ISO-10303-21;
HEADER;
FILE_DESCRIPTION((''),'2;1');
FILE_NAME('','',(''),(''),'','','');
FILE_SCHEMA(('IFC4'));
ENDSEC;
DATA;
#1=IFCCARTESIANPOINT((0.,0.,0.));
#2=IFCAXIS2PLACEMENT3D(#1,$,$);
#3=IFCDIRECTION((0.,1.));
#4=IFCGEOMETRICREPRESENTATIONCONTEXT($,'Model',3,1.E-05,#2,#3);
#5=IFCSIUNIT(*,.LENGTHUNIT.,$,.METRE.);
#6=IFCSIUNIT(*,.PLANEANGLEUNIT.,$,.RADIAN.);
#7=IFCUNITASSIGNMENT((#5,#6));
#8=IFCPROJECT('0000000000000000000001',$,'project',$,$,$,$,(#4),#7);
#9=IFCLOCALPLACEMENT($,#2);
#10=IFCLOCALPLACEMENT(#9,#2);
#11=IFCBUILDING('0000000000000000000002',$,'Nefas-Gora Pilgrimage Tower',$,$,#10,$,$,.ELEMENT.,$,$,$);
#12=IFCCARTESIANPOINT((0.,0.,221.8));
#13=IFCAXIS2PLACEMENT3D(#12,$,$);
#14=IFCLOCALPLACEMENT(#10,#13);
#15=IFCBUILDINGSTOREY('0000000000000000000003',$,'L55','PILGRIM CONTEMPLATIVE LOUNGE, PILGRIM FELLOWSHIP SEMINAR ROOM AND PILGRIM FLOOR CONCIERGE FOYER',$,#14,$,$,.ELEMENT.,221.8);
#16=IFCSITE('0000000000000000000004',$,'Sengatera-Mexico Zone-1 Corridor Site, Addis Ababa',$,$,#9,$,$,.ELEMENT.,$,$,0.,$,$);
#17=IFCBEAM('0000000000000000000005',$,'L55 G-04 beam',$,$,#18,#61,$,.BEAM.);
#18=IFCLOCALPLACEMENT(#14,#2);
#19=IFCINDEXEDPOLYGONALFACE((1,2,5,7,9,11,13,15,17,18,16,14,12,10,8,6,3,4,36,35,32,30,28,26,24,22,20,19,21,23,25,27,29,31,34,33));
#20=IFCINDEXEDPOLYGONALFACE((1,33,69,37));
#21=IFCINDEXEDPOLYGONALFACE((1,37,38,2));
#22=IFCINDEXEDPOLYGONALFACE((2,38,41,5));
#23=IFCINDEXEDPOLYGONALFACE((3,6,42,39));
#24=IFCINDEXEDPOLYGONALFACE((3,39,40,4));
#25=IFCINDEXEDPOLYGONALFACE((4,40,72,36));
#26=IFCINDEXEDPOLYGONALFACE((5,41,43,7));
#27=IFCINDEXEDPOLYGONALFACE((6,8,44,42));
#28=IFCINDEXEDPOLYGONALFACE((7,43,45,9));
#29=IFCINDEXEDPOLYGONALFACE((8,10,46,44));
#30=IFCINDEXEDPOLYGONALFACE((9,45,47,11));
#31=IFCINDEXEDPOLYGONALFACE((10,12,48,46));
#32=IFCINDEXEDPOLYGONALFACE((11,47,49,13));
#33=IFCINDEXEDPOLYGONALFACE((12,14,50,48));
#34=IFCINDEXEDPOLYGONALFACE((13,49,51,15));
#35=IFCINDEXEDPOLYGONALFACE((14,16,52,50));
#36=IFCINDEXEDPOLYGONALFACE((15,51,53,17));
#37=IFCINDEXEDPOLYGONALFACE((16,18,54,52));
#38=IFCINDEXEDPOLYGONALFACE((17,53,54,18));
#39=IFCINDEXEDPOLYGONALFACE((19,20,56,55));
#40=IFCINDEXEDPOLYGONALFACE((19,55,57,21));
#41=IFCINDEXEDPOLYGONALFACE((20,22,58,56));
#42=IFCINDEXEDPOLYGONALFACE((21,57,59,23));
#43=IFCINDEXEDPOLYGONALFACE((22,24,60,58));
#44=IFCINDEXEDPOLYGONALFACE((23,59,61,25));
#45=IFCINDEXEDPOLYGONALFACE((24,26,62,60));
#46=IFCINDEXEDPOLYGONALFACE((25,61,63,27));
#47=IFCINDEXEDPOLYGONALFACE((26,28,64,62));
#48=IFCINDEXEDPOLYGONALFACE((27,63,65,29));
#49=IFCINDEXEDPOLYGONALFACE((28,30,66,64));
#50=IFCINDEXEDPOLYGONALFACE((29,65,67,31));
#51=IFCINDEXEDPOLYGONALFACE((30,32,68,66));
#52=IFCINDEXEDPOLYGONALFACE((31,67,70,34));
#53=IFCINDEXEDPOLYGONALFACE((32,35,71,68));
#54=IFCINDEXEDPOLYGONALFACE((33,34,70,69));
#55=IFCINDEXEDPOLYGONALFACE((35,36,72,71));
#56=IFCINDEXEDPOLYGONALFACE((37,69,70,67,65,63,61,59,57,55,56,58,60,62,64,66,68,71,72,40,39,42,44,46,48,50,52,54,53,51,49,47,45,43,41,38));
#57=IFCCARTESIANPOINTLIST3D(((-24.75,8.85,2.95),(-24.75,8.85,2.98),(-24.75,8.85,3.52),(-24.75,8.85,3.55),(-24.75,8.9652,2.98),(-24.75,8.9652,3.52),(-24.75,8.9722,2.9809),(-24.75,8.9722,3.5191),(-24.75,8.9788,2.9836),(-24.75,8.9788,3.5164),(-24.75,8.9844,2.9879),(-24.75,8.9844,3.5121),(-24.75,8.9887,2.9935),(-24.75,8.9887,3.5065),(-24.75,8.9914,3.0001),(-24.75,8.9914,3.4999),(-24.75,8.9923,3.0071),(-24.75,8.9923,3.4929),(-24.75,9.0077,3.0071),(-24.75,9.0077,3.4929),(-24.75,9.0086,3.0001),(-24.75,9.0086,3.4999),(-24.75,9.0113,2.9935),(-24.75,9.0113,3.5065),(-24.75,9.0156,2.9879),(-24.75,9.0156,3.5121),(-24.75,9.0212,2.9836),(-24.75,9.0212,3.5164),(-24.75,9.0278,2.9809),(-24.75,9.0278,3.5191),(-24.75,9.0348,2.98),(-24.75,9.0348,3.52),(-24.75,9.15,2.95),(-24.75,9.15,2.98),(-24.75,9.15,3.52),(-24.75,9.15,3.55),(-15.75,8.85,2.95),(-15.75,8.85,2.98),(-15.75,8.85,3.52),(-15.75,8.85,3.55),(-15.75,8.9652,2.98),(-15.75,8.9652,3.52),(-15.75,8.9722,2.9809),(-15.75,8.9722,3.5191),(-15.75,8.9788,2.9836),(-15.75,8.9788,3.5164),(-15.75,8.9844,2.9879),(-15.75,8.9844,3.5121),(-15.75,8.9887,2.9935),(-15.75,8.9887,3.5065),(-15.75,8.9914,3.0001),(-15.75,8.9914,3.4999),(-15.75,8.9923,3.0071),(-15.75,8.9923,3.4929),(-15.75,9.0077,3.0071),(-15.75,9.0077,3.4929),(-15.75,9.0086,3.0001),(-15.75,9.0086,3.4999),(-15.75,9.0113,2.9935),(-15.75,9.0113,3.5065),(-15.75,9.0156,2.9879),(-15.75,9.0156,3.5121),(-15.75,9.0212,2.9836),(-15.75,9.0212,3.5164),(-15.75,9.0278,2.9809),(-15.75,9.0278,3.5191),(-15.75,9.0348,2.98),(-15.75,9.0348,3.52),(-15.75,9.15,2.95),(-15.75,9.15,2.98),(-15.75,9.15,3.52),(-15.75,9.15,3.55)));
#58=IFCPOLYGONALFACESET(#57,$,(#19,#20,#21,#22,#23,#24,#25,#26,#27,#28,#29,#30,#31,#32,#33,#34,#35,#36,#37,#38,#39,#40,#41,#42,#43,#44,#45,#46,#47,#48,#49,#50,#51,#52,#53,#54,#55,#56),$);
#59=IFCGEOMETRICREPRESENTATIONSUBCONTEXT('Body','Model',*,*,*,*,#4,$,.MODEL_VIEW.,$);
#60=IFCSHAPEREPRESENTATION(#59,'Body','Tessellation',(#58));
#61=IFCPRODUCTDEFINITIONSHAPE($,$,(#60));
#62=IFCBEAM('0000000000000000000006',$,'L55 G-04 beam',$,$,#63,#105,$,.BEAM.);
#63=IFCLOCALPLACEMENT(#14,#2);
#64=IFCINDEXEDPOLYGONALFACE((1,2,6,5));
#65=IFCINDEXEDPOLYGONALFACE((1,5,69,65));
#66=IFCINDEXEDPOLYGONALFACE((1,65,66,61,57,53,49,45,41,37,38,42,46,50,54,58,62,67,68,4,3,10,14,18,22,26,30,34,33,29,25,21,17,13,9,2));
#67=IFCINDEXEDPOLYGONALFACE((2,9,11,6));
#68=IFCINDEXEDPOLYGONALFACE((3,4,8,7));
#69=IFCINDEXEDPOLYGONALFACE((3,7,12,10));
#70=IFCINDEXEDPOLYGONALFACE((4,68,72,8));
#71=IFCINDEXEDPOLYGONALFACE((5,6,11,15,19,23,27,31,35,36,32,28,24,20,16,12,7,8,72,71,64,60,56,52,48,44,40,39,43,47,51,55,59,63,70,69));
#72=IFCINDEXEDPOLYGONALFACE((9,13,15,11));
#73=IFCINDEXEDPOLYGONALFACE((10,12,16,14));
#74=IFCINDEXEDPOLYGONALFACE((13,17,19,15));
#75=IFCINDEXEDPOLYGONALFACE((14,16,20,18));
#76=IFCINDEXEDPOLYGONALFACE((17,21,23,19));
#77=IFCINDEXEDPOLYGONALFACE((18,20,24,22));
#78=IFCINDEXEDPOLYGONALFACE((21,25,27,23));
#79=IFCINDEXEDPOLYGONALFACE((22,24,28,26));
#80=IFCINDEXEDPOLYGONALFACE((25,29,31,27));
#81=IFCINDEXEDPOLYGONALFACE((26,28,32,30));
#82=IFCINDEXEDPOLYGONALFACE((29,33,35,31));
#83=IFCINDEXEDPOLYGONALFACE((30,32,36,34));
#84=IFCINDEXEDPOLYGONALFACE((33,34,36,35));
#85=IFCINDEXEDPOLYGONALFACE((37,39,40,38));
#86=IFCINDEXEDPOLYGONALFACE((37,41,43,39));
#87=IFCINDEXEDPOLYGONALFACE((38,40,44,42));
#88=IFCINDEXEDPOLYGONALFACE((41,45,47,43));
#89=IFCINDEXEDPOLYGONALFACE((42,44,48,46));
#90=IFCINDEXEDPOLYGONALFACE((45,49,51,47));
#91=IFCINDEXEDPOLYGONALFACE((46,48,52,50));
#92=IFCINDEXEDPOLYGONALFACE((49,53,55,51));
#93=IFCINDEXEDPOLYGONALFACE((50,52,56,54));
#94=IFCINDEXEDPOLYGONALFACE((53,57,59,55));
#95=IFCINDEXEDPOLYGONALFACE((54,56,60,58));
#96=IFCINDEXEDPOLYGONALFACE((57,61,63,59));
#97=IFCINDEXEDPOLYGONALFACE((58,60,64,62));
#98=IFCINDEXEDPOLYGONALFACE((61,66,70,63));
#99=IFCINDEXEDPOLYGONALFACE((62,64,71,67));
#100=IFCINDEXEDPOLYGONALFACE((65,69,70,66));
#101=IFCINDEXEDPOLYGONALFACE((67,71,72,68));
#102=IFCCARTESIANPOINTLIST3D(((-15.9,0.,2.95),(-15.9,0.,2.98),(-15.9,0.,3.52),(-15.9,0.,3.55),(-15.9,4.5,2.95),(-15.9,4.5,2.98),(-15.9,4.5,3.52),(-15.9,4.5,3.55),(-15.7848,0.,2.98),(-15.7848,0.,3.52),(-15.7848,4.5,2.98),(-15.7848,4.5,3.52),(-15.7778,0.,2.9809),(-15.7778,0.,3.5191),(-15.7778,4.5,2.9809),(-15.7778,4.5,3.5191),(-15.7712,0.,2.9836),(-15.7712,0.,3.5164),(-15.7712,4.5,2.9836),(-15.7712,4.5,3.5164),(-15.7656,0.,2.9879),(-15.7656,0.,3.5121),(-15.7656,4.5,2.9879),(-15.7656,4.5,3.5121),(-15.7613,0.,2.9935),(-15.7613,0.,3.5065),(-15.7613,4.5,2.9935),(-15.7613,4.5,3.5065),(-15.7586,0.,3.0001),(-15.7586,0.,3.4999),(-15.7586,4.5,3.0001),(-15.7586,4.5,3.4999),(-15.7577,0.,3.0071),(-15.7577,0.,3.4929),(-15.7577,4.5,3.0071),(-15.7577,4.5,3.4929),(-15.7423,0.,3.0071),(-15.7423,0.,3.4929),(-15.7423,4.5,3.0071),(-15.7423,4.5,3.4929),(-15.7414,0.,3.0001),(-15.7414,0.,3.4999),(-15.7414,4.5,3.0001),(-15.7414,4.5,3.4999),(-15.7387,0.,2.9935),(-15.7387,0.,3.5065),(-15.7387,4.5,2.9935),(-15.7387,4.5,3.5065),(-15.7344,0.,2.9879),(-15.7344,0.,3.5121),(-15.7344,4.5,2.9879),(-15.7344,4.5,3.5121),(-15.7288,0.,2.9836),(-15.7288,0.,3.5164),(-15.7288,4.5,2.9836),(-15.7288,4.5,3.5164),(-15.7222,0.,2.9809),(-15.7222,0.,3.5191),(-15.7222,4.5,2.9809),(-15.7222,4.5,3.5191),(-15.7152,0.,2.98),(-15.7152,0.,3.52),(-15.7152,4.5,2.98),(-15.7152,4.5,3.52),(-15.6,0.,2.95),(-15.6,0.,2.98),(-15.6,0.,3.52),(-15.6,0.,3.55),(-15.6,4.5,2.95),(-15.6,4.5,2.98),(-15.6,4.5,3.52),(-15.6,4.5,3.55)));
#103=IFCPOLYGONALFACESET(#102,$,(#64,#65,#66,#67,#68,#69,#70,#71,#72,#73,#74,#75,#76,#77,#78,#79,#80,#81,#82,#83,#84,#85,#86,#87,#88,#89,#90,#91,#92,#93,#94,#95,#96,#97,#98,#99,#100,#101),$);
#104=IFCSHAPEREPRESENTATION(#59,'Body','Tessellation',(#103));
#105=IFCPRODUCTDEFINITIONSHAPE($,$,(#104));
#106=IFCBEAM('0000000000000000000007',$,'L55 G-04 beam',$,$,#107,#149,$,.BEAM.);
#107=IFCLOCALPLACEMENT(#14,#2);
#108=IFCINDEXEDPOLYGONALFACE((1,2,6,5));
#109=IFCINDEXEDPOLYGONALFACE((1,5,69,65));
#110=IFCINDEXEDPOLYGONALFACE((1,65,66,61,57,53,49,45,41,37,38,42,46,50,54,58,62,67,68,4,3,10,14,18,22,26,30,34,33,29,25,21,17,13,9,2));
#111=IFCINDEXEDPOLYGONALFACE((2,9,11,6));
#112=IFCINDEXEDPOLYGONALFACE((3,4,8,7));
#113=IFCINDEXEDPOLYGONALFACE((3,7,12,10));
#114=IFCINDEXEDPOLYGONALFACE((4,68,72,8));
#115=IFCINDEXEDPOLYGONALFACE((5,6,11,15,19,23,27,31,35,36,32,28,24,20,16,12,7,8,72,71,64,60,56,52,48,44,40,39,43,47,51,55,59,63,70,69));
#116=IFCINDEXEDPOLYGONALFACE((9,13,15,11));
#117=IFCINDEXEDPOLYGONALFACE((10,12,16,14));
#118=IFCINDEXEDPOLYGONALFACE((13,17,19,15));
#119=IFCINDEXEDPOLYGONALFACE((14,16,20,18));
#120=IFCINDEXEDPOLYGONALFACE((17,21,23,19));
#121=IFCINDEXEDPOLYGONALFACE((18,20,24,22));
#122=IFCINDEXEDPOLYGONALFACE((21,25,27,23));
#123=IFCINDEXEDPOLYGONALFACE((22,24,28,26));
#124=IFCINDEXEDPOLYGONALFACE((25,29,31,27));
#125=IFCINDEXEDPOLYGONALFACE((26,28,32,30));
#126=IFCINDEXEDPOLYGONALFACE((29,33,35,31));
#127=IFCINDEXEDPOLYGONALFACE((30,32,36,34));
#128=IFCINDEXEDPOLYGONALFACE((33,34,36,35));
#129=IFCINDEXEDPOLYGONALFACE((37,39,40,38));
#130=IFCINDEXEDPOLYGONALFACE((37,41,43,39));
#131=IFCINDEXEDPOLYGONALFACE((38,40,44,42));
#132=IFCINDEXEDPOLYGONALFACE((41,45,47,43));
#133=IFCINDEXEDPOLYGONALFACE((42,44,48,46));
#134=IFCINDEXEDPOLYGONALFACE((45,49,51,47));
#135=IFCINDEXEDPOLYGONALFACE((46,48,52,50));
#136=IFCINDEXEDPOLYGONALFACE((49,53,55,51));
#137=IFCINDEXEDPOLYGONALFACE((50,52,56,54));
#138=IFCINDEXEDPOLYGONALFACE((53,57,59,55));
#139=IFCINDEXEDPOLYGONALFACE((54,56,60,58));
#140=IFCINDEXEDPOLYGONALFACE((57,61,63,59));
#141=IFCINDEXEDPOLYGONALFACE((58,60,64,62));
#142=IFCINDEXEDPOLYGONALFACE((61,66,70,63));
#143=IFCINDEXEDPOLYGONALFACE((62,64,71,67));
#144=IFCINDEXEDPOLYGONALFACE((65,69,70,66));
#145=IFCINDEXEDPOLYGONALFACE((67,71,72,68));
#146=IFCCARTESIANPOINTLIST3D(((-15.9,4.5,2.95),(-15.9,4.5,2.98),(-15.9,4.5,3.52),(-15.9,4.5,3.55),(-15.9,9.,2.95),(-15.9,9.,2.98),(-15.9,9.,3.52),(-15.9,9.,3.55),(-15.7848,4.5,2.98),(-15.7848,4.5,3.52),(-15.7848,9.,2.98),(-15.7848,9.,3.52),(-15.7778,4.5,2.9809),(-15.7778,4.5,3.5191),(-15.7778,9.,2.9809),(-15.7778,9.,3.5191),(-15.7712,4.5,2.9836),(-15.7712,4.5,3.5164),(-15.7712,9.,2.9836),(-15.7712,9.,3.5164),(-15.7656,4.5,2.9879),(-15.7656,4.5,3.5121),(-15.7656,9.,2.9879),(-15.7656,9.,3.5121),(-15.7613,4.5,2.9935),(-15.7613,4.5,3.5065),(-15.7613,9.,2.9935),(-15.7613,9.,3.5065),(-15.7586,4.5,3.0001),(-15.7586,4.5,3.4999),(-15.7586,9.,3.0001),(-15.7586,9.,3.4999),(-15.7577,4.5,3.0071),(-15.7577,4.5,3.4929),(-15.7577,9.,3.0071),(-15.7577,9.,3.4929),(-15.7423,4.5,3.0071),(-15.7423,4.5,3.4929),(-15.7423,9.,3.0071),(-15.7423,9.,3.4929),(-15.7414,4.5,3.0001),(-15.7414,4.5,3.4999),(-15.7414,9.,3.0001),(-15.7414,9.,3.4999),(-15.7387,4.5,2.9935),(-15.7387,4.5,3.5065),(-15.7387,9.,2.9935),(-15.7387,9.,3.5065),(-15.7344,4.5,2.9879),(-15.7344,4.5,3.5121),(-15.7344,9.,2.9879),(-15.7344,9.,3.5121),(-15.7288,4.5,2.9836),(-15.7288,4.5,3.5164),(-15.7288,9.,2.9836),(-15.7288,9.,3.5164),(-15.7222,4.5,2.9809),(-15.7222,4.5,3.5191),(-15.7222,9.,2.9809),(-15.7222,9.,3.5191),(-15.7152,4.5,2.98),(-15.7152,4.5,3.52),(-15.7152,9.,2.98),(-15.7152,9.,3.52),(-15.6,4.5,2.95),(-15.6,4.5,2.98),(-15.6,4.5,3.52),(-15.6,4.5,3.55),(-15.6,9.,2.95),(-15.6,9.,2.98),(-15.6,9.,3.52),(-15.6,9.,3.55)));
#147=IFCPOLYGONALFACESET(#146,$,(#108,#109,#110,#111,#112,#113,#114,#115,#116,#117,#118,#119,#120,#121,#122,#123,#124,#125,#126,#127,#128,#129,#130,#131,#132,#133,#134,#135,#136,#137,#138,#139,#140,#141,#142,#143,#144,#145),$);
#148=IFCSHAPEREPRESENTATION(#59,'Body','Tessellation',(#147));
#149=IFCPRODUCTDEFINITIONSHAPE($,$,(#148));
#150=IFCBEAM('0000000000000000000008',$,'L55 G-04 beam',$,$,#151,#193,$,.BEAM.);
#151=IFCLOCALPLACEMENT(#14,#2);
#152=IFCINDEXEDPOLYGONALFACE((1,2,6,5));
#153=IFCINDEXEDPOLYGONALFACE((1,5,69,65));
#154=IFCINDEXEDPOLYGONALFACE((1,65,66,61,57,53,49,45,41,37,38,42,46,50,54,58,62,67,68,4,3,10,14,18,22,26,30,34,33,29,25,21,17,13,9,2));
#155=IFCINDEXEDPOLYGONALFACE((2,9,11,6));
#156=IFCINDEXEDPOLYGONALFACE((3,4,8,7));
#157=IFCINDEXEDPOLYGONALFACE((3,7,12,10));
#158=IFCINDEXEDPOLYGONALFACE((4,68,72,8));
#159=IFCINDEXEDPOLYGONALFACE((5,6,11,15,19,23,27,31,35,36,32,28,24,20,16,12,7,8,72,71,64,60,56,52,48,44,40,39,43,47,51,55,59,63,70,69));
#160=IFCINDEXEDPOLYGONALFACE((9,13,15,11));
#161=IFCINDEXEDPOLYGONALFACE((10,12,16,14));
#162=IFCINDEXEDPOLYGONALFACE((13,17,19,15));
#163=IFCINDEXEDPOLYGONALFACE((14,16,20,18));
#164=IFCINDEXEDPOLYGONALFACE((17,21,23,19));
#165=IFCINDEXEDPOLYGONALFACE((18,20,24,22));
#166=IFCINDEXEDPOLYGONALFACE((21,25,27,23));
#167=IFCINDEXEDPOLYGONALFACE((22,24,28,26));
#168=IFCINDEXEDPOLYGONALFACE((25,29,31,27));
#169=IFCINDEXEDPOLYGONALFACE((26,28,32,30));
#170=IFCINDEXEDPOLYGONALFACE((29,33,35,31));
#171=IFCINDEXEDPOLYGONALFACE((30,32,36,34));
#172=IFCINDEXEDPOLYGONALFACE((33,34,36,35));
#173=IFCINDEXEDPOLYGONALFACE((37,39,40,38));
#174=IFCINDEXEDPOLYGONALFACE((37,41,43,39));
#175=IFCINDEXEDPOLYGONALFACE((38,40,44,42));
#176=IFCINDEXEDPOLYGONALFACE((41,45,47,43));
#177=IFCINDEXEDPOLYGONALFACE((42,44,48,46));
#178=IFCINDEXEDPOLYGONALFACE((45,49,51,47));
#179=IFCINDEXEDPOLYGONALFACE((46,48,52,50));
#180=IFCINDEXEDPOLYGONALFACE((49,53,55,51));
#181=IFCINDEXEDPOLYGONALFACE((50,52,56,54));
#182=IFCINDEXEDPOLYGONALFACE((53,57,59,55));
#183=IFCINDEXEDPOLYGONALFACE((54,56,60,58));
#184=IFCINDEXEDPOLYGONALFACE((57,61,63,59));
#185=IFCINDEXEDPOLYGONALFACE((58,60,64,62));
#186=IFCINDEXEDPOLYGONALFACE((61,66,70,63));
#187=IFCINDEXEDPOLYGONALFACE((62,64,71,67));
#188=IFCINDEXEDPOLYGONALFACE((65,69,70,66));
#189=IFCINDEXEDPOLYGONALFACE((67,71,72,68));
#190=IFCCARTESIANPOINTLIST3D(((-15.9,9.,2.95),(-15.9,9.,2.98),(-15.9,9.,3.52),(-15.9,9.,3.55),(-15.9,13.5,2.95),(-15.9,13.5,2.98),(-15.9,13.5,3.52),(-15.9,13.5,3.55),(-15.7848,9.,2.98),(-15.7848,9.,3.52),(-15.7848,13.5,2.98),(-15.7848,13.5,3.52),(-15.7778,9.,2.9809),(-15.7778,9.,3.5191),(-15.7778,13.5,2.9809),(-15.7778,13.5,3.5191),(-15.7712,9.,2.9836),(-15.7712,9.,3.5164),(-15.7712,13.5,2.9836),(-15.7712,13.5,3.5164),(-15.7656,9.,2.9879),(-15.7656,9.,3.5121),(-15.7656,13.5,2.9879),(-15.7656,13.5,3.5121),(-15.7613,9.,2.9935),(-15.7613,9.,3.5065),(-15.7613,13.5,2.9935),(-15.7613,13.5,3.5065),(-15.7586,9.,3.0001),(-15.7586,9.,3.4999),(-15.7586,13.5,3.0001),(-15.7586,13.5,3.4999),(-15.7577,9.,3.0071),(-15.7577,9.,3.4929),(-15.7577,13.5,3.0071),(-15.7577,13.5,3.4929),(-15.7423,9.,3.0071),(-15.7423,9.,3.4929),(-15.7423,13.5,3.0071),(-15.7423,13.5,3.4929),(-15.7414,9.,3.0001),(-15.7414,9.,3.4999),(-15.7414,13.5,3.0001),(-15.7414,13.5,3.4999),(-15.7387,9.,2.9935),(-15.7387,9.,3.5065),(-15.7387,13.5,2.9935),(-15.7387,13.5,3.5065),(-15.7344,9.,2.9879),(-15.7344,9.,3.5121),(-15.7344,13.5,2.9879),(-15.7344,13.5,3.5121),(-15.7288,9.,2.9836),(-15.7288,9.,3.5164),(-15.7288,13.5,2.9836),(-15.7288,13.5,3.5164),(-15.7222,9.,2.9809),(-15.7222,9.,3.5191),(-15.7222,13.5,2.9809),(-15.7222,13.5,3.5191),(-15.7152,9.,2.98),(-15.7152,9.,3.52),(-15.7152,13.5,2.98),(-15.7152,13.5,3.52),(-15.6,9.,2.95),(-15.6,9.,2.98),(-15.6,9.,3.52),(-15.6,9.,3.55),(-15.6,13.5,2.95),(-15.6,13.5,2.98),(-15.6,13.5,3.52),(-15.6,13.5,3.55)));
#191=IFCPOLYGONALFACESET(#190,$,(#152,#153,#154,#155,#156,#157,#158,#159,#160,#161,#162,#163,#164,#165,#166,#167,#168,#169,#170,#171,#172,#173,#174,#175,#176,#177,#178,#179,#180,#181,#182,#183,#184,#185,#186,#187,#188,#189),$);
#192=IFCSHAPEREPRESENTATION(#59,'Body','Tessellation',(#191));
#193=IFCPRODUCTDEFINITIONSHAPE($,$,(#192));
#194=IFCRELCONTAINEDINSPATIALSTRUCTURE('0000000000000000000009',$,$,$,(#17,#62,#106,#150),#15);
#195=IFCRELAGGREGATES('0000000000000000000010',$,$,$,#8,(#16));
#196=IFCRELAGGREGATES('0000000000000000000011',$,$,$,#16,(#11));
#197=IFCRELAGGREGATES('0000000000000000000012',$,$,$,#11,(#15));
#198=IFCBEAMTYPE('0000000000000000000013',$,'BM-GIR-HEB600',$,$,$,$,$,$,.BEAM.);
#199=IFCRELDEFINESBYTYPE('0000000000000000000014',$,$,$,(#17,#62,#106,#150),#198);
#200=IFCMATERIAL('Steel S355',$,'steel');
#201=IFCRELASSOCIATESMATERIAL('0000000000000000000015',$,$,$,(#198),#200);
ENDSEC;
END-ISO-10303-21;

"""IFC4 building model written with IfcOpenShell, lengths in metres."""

from ifc_helpers import new_model, si_unit, direction, frame, origin, origin_2d, place, context, subcontext, project, spatial, i_section, extrude, source, transform, mapped, material, material_profile, profile_set, type_object, element, save


model = new_model("IFC4")

# Units and contexts
model_context = context("Model", 3, precision=1e-05, world=origin(), true_north=direction((0.0, 1.0)))
body_context = subcontext(model_context, "Body", "Model", "MODEL_VIEW")
ifc_project = project(units=[si_unit("LENGTHUNIT", "METRE"), si_unit("PLANEANGLEUNIT", "RADIAN")], contexts=[model_context])

# Site, building, storey
site_placement = place(None, origin())
site = spatial("IfcSite", under=ifc_project, at=site_placement, Name="Sengatera-Mexico Zone-1 Corridor Site, Addis Ababa", CompositionType="ELEMENT", RefElevation=0.0)
building_placement = place(site_placement, origin())
building = spatial("IfcBuilding", under=site, at=building_placement, Name="Nefas-Gora Pilgrimage Tower", CompositionType="ELEMENT")
storey_placement = place(building_placement, frame((0.0, 0.0, 221.8)))
storey = spatial("IfcBuildingStorey", under=building, at=storey_placement, Name="L55", Description="PILGRIM CONTEMPLATIVE LOUNGE, PILGRIM FELLOWSHIP SEMINAR ROOM AND PILGRIM FLOOR CONCIERGE FOYER", CompositionType="ELEMENT", Elevation=221.8)

# Beams
ifc_material_1 = material(Name="Steel S355", Category="steel")
ifc_material_profile_1 = material_profile(ifc_material_1, i_section(OverallWidth=0.3, OverallDepth=0.6001, WebThickness=0.0154, FlangeThickness=0.03, FilletRadius=0.0271, at=origin_2d()), Name="HEB 600")
ifc_profile_set_1 = profile_set([ifc_material_profile_1], Name="Steel S355")
beam_type_1 = type_object("IfcBeamType", Name="BM-GIR-HEB600", PredefinedType="BEAM", material=ifc_profile_set_1)
shared_shape_1 = source(origin(), body_context, "Body", "SweptSolid", [
    extrude(i_section(OverallWidth=0.3, OverallDepth=0.6001, WebThickness=0.0154, FlangeThickness=0.03, FilletRadius=0.0271, at=origin_2d()), origin(), (0.0, 0.0, 1.0), 9.0),
])
for number, where, z_axis, x_axis, name in (
    (1, (-24.75, 9.0, 3.25), (1.0, 0.0, 0.0), (0.0, 1.0, 0.0), "L55 G-04 beam"),
):
    element("IfcBeam", number, at=place(storey_placement, frame(where, z_axis=z_axis, x_axis=x_axis)), inside=storey, type_object=beam_type_1, Name=name, PredefinedType="BEAM", context=body_context, shape_type="MappedRepresentation", body=[
        mapped(shared_shape_1, transform((0.0, 0.0, 0.0), x_axis=(1.0, 0.0, 0.0), y_axis=(0.0, 1.0, 0.0), z_axis=(0.0, 0.0, 1.0), scale=1.0)),
    ])
shared_shape_2 = source(origin(), body_context, "Body", "SweptSolid", [
    extrude(i_section(OverallWidth=0.3, OverallDepth=0.6001, WebThickness=0.0154, FlangeThickness=0.03, FilletRadius=0.0271, at=origin_2d()), origin(), (0.0, 0.0, 1.0), 4.5),
])
for number, where, z_axis, x_axis, name in (
    (2, (-15.75, 0.0, 3.25), (0.0, 1.0, 0.0), (-1.0, 0.0, 0.0), "L55 G-04 beam"),
    (3, (-15.75, 4.5, 3.25), (0.0, 1.0, 0.0), (-1.0, 0.0, 0.0), "L55 G-04 beam"),
    (4, (-15.75, 9.0, 3.25), (0.0, 1.0, 0.0), (-1.0, 0.0, 0.0), "L55 G-04 beam"),
):
    element("IfcBeam", number, at=place(storey_placement, frame(where, z_axis=z_axis, x_axis=x_axis)), inside=storey, type_object=beam_type_1, Name=name, PredefinedType="BEAM", context=body_context, shape_type="MappedRepresentation", body=[
        mapped(shared_shape_2, transform((0.0, 0.0, 0.0), x_axis=(1.0, 0.0, 0.0), y_axis=(0.0, 1.0, 0.0), z_axis=(0.0, 0.0, 1.0), scale=1.0)),
    ])

save(model, "model.ifc")
